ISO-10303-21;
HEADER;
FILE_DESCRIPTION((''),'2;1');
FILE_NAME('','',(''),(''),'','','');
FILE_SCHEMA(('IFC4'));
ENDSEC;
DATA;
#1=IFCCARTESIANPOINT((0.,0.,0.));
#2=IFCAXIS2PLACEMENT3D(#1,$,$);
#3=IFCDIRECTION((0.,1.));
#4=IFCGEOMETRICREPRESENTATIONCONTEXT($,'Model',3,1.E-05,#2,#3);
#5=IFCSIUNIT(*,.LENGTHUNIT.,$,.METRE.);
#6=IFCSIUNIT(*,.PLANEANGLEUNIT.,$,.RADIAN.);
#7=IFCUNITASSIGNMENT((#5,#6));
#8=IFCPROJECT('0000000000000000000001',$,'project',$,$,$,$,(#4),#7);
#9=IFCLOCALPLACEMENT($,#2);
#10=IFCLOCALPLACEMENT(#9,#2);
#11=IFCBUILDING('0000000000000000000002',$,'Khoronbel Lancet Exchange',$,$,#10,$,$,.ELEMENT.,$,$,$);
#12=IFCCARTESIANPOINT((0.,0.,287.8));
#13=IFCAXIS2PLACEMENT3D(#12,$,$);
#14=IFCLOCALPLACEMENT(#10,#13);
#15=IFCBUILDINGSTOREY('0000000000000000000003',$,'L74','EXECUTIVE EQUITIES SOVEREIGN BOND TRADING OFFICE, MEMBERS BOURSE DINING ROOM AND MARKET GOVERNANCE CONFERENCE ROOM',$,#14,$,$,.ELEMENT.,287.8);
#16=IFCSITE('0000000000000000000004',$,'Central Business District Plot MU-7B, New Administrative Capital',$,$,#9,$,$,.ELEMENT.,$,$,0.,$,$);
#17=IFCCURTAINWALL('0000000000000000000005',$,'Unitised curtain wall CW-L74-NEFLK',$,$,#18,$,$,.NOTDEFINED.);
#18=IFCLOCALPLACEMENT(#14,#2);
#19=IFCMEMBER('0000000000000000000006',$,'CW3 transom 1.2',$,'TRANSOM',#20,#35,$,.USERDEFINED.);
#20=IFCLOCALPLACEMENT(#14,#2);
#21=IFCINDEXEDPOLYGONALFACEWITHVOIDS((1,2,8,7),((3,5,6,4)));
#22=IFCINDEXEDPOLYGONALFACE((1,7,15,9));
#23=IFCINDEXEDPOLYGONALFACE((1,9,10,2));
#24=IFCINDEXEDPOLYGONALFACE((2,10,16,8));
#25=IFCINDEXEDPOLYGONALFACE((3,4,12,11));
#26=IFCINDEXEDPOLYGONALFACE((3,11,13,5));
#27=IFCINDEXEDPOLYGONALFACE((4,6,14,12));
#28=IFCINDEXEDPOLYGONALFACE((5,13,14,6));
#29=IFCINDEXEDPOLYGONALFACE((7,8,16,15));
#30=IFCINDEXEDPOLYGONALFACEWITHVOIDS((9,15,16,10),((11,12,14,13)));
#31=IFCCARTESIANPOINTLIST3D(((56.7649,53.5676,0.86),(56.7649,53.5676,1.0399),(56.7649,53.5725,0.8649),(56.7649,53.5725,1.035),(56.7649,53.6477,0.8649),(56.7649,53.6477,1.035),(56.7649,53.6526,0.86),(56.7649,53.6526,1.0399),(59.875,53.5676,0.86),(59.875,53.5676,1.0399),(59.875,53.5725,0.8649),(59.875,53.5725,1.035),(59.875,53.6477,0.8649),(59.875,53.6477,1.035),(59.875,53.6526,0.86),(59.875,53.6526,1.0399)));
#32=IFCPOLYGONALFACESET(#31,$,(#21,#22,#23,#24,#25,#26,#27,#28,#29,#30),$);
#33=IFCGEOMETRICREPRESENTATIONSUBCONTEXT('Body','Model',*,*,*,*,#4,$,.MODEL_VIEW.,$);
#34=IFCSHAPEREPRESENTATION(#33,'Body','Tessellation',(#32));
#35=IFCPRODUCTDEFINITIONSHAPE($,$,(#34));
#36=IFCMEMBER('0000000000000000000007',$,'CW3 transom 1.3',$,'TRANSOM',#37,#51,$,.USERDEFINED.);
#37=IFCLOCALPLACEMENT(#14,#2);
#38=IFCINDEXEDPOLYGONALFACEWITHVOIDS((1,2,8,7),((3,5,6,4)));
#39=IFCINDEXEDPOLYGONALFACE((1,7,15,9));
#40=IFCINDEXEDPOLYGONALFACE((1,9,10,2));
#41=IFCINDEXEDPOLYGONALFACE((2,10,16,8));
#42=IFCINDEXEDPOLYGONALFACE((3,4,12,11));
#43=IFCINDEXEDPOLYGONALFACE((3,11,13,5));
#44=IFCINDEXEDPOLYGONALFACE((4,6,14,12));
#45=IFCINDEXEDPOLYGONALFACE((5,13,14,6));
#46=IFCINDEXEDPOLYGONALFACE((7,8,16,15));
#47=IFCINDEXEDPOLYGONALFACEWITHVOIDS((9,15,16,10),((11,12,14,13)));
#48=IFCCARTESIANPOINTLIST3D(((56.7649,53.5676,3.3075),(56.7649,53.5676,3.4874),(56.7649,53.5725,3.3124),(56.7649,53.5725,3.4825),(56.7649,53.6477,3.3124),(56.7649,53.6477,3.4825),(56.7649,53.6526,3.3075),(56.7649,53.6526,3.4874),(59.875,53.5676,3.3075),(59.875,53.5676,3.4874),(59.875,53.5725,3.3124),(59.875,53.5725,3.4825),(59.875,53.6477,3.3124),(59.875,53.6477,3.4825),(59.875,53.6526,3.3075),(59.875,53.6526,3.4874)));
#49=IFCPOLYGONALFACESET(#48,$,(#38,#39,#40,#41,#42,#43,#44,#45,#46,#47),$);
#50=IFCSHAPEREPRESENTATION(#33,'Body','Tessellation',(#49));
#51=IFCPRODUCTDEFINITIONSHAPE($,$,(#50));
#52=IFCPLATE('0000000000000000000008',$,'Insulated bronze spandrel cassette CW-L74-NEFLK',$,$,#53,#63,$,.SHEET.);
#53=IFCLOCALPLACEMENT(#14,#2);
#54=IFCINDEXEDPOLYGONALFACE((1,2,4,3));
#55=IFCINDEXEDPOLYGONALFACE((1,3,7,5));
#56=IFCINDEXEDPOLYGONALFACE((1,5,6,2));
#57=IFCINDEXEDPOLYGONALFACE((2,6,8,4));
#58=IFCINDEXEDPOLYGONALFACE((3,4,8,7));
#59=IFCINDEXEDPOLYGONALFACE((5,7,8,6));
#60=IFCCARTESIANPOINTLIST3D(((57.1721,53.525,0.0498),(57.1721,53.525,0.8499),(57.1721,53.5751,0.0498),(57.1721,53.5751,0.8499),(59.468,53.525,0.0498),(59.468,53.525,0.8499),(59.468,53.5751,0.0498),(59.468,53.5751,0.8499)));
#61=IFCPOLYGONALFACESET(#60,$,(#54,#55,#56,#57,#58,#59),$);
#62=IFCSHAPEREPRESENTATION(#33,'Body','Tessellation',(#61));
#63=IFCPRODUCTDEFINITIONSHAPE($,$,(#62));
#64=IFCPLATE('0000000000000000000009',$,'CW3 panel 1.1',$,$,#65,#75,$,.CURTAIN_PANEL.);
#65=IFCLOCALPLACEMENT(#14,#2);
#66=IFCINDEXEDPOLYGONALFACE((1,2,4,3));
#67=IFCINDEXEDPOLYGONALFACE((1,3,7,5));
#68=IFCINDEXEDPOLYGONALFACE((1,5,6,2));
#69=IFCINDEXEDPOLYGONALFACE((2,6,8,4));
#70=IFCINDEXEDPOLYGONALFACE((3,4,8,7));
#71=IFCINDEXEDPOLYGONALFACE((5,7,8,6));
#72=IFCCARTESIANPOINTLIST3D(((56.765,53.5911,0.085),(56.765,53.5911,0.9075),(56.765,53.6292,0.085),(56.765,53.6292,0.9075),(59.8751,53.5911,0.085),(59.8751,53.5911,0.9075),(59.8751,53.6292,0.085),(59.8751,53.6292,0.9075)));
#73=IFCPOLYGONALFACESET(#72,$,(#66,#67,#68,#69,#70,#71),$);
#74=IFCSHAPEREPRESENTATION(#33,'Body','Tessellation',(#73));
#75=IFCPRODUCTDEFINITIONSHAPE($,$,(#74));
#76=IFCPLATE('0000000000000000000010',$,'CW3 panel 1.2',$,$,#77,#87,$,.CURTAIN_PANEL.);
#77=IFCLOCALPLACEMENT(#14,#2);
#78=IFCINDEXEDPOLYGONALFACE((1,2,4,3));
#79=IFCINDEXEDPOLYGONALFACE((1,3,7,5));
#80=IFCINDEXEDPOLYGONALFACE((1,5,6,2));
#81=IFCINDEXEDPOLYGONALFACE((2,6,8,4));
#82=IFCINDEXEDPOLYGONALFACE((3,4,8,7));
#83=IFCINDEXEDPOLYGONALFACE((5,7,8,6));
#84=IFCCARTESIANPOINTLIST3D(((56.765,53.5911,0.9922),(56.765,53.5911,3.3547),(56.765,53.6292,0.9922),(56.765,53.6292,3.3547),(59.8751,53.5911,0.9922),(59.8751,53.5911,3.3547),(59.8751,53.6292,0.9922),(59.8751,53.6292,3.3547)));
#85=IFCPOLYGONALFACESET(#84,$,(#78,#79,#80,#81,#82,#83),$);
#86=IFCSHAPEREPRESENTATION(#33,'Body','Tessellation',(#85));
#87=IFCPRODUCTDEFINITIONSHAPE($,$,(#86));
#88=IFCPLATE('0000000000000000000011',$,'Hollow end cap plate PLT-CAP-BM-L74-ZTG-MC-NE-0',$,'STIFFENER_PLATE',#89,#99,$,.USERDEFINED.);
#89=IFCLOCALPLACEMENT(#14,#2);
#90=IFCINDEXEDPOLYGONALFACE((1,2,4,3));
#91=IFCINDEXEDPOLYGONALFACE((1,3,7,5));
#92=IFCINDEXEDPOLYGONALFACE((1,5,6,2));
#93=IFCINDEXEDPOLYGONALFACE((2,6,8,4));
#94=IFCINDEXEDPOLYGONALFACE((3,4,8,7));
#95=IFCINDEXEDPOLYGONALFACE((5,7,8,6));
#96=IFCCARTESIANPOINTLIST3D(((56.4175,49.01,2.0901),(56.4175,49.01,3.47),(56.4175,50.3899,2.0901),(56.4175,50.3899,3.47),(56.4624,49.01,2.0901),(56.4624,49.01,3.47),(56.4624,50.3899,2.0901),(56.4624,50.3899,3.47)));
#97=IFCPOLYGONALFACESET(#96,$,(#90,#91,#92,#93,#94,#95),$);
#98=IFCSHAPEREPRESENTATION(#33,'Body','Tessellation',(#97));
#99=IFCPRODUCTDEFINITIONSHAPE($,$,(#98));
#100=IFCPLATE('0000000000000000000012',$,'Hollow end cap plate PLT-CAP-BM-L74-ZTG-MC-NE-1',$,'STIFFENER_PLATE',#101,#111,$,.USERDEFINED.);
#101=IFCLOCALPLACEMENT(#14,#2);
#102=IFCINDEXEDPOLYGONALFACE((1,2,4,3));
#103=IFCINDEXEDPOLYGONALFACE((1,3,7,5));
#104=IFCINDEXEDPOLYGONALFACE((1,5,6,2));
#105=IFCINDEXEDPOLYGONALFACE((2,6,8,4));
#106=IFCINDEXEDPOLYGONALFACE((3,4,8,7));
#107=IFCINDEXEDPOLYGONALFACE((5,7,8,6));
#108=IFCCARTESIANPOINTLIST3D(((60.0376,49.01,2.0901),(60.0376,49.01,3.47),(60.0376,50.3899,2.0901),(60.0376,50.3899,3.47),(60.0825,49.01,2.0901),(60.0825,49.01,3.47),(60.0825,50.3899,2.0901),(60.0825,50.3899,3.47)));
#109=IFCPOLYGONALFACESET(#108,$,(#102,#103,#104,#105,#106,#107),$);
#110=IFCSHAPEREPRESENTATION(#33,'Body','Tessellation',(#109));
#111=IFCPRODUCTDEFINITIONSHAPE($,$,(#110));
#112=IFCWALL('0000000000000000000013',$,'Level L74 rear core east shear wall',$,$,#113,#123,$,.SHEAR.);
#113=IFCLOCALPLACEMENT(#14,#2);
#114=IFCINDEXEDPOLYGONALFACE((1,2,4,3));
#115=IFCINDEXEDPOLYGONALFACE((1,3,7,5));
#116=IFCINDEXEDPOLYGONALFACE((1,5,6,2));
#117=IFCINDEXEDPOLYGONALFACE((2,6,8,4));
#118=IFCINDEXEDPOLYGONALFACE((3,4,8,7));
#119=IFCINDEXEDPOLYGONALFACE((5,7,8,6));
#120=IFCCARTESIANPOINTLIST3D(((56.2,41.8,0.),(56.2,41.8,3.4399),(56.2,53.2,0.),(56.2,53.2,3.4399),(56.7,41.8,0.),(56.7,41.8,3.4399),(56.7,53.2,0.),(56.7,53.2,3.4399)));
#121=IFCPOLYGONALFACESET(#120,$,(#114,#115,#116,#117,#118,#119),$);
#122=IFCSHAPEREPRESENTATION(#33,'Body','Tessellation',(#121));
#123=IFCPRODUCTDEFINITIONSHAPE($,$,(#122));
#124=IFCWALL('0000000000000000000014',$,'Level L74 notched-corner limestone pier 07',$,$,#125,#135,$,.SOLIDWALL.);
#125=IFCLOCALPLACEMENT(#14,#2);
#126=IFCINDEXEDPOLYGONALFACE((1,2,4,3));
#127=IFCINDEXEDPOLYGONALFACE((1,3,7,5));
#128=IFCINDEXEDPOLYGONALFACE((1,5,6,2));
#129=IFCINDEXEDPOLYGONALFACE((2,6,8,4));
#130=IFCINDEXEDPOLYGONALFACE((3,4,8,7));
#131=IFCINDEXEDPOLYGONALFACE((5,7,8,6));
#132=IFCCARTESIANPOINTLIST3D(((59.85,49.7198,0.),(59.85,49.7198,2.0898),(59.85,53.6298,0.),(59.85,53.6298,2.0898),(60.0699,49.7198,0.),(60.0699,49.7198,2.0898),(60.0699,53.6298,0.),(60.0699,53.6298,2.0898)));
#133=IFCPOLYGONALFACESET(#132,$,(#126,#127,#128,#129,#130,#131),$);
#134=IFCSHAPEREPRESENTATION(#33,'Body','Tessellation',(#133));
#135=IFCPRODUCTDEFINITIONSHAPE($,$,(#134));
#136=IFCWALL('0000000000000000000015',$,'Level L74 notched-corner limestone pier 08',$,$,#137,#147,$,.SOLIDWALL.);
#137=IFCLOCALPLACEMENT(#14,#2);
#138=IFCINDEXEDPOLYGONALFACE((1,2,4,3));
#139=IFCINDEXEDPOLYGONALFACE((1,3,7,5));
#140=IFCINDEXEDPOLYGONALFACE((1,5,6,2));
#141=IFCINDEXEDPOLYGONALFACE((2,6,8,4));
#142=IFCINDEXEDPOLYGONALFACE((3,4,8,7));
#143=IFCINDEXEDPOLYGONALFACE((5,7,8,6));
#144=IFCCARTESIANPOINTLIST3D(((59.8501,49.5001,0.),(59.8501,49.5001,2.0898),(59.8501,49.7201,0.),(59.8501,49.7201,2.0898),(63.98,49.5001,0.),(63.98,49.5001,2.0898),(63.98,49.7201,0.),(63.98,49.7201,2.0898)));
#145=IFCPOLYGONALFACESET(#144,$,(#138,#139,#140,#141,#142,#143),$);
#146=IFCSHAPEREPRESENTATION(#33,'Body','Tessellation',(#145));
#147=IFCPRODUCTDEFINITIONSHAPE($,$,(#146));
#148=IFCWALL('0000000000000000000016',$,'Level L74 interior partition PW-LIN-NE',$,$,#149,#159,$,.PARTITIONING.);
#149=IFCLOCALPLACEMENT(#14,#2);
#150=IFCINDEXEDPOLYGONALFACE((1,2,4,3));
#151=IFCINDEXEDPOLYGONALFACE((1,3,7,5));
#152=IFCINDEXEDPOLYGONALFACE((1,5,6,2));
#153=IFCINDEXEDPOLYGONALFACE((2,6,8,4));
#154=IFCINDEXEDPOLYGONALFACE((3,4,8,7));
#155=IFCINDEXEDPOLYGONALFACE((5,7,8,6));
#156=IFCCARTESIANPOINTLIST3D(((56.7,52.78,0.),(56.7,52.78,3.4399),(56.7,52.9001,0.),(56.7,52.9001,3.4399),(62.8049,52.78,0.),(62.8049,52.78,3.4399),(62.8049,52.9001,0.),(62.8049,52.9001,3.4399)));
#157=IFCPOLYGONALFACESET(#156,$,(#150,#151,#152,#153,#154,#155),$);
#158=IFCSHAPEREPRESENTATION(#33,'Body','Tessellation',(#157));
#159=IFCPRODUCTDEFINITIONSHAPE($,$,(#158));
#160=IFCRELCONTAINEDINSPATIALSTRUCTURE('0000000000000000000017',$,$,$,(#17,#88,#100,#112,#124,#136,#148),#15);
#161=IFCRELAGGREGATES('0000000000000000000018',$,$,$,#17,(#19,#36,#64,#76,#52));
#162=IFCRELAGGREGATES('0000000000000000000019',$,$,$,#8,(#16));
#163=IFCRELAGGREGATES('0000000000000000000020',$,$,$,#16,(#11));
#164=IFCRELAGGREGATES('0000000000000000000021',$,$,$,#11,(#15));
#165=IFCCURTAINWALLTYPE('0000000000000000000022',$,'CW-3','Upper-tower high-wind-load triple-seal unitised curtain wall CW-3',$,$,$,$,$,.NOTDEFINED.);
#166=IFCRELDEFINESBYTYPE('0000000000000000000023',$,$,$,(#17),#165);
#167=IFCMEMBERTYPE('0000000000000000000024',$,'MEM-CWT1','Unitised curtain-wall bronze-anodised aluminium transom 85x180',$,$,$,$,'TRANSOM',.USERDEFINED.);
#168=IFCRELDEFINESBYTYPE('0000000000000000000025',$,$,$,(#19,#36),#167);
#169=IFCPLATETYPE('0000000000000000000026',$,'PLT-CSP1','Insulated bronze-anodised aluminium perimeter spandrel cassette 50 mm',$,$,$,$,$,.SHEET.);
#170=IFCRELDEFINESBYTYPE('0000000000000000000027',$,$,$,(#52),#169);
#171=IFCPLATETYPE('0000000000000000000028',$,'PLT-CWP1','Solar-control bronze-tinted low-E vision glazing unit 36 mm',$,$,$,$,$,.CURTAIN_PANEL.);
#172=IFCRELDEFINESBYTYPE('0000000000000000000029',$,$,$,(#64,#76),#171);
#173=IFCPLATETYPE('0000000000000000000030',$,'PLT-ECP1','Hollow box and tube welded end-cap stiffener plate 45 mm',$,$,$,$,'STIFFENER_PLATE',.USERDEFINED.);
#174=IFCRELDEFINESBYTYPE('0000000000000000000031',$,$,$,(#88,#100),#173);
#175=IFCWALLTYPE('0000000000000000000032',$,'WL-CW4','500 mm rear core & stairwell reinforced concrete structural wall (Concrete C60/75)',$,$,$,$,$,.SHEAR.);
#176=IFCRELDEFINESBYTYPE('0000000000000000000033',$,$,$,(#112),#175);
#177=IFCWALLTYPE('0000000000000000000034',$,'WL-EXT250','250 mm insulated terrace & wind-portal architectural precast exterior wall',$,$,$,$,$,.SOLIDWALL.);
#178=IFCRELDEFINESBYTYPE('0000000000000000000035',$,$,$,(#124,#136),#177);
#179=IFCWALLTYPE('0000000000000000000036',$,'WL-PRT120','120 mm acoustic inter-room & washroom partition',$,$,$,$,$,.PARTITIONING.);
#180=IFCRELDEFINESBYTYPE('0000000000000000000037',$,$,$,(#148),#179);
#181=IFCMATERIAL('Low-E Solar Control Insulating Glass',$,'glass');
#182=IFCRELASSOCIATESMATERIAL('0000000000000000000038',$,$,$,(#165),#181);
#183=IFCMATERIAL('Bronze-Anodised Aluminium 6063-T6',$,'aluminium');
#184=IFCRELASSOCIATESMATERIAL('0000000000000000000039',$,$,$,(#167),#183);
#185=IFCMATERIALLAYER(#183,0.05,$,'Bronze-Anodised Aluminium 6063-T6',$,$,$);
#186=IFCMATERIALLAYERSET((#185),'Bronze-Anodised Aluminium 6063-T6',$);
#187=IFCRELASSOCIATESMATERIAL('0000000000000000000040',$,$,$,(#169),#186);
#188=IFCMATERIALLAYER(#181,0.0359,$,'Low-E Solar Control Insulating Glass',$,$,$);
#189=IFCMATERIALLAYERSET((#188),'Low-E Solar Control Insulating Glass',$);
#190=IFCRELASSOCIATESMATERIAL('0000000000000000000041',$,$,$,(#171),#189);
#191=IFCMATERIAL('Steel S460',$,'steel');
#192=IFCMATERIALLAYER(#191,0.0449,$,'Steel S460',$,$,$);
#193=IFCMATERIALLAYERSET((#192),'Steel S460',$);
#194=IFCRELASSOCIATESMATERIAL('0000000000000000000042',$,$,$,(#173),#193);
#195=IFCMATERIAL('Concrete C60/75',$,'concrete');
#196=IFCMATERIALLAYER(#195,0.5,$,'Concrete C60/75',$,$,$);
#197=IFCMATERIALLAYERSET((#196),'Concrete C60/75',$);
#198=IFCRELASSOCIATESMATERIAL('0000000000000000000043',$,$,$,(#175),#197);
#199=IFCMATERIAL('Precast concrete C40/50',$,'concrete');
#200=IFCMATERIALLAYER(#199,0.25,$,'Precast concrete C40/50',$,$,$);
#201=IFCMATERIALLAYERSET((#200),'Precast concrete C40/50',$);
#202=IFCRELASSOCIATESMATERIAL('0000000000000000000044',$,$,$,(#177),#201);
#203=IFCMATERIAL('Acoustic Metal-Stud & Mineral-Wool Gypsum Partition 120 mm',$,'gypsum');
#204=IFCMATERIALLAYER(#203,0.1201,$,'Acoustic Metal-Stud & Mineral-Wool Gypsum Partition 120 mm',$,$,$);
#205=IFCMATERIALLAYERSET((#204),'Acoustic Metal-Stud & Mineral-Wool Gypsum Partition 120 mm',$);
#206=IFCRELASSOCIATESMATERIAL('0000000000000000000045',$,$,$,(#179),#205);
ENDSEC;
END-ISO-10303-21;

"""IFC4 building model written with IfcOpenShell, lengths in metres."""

from ifc_helpers import new_model, si_unit, direction, frame, frame_2d, origin, origin_2d, place, context, subcontext, project, spatial, rectangle, hollow_rectangle, extrude, material, layer, layer_set, material_profile, profile_set, type_object, element, aggregate, save


model = new_model("IFC4")

# Units and contexts
model_context = context("Model", 3, precision=1e-05, world=origin(), true_north=direction((0.0, 1.0)))
body_context = subcontext(model_context, "Body", "Model", "MODEL_VIEW")
ifc_project = project(units=[si_unit("LENGTHUNIT", "METRE"), si_unit("PLANEANGLEUNIT", "RADIAN")], contexts=[model_context])

# Site, building, storey
site_placement = place(None, origin())
site = spatial("IfcSite", under=ifc_project, at=site_placement, Name="Central Business District Plot MU-7B, New Administrative Capital", CompositionType="ELEMENT", RefElevation=0.0)
building_placement = place(site_placement, origin())
building = spatial("IfcBuilding", under=site, at=building_placement, Name="Khoronbel Lancet Exchange", CompositionType="ELEMENT")
storey_placement = place(building_placement, frame((0.0, 0.0, 287.8)))
storey = spatial("IfcBuildingStorey", under=building, at=storey_placement, Name="L74", Description="EXECUTIVE EQUITIES SOVEREIGN BOND TRADING OFFICE, MEMBERS BOURSE DINING ROOM AND MARKET GOVERNANCE CONFERENCE ROOM", CompositionType="ELEMENT", Elevation=287.8)

# Shared definitions
ifc_material_1 = material(Name="Steel S460", Category="steel")

# Curtain wall, members, plates
ifc_material_2 = material(Name="Low-E Solar Control Insulating Glass", Category="glass")
curtain_wall_type = type_object("IfcCurtainWallType", Name="CW-3", Description="Upper-tower high-wind-load triple-seal unitised curtain wall CW-3", PredefinedType="NOTDEFINED", material=ifc_material_2)
curtain_wall_placement = place(storey_placement, origin())
curtain_wall = element("IfcCurtainWall", 1, at=curtain_wall_placement, inside=storey, type_object=curtain_wall_type, Name="Unitised curtain wall CW-L74-NEFLK", PredefinedType="NOTDEFINED")
ifc_material_3 = material(Name="Bronze-Anodised Aluminium 6063-T6", Category="aluminium")
ifc_material_profile_1 = material_profile(ifc_material_3, hollow_rectangle(XDim=0.085, YDim=0.1799, WallThickness=0.0049, at=origin_2d()), Name="ALU TRANSOM 85x180")
ifc_profile_set_1 = profile_set([ifc_material_profile_1], Name="Bronze-Anodised Aluminium 6063-T6")
member_type_1 = type_object("IfcMemberType", Name="MEM-CWT1", Description="Unitised curtain-wall bronze-anodised aluminium transom 85x180", ElementType="TRANSOM", PredefinedType="USERDEFINED", material=ifc_profile_set_1)
member_1_placement = place(storey_placement, frame((59.875, 53.6101, 0.95), z_axis=(-1.0, 0.0, 0.0), x_axis=(0.0, -1.0, 0.0)))
member_1 = element("IfcMember", 2, at=member_1_placement, type_object=member_type_1, Name="CW3 transom 1.2", ObjectType="TRANSOM", PredefinedType="USERDEFINED", context=body_context, shape_type="SweptSolid", body=[
    extrude(hollow_rectangle(XDim=0.085, YDim=0.1799, WallThickness=0.0049, at=origin_2d()), origin(), (0.0, 0.0, 1.0), 3.1101),
])
member_2_placement = place(storey_placement, frame((59.875, 53.6101, 3.3975), z_axis=(-1.0, 0.0, 0.0), x_axis=(0.0, -1.0, 0.0)))
member_2 = element("IfcMember", 3, at=member_2_placement, type_object=member_type_1, Name="CW3 transom 1.3", ObjectType="TRANSOM", PredefinedType="USERDEFINED", context=body_context, shape_type="SweptSolid", body=[
    extrude(hollow_rectangle(XDim=0.085, YDim=0.1799, WallThickness=0.0049, at=origin_2d()), origin(), (0.0, 0.0, 1.0), 3.1101),
])
ifc_layer_1 = layer(ifc_material_3, 0.05, Name="Bronze-Anodised Aluminium 6063-T6")
ifc_layer_set_1 = layer_set([ifc_layer_1], Name="Bronze-Anodised Aluminium 6063-T6")
plate_type_1 = type_object("IfcPlateType", Name="PLT-CSP1", Description="Insulated bronze-anodised aluminium perimeter spandrel cassette 50 mm", PredefinedType="SHEET", material=ifc_layer_set_1)
plate_1_placement = place(storey_placement, frame((58.3201, 53.55, 0.0498), z_axis=(0.0, 0.0, 1.0), x_axis=(-1.0, 0.0, 0.0)))
plate_1 = element("IfcPlate", 4, at=plate_1_placement, type_object=plate_type_1, Name="Insulated bronze spandrel cassette CW-L74-NEFLK", PredefinedType="SHEET", context=body_context, shape_type="SweptSolid", body=[
    extrude(rectangle(XDim=2.2959, YDim=0.05, at=origin_2d()), origin(), (0.0, 0.0, 1.0), 0.8),
])
ifc_layer_2 = layer(ifc_material_2, 0.0359, Name="Low-E Solar Control Insulating Glass")
ifc_layer_set_2 = layer_set([ifc_layer_2], Name="Low-E Solar Control Insulating Glass")
plate_type_2 = type_object("IfcPlateType", Name="PLT-CWP1", Description="Solar-control bronze-tinted low-E vision glazing unit 36 mm", PredefinedType="CURTAIN_PANEL", material=ifc_layer_set_2)
plate_2_placement = place(storey_placement, frame((58.3201, 53.6101, 0.085), z_axis=(0.0, 0.0, 1.0), x_axis=(-1.0, 0.0, 0.0)))
plate_2 = element("IfcPlate", 5, at=plate_2_placement, type_object=plate_type_2, Name="CW3 panel 1.1", PredefinedType="CURTAIN_PANEL", context=body_context, shape_type="SweptSolid", body=[
    extrude(rectangle(XDim=3.1101, YDim=0.0381, at=origin_2d()), origin(), (0.0, 0.0, 1.0), 0.8225),
])
plate_3_placement = place(storey_placement, frame((58.3201, 53.6101, 0.9922), z_axis=(0.0, 0.0, 1.0), x_axis=(-1.0, 0.0, 0.0)))
plate_3 = element("IfcPlate", 6, at=plate_3_placement, type_object=plate_type_2, Name="CW3 panel 1.2", PredefinedType="CURTAIN_PANEL", context=body_context, shape_type="SweptSolid", body=[
    extrude(rectangle(XDim=3.1101, YDim=0.0381, at=origin_2d()), origin(), (0.0, 0.0, 1.0), 2.3625),
])
aggregate(curtain_wall, [member_1, member_2, plate_2, plate_3, plate_1])

# Plates
ifc_layer_3 = layer(ifc_material_1, 0.0449, Name="Steel S460")
ifc_layer_set_3 = layer_set([ifc_layer_3], Name="Steel S460")
plate_type_3 = type_object("IfcPlateType", Name="PLT-ECP1", Description="Hollow box and tube welded end-cap stiffener plate 45 mm", ElementType="STIFFENER_PLATE", PredefinedType="USERDEFINED", material=ifc_layer_set_3)
for number, where, z_axis, x_axis, name in (
    (7, (56.4399, 49.7, 2.0901), (0.0, 0.0, 1.0), (-1.0, 0.0, 0.0), "Hollow end cap plate PLT-CAP-BM-L74-ZTG-MC-NE-0"),
    (8, (60.0601, 49.7, 2.0901), (0.0, 0.0, 1.0), (1.0, 0.0, 0.0), "Hollow end cap plate PLT-CAP-BM-L74-ZTG-MC-NE-1"),
):
    element("IfcPlate", number, at=place(storey_placement, frame(where, z_axis=z_axis, x_axis=x_axis)), inside=storey, type_object=plate_type_3, Name=name, ObjectType="STIFFENER_PLATE", PredefinedType="USERDEFINED", context=body_context, shape_type="SweptSolid", body=[
        extrude(rectangle(XDim=0.0449, YDim=1.3799, at=origin_2d()), origin(), (0.0, 0.0, 1.0), 1.3799),
    ])

# Walls
ifc_material_4 = material(Name="Concrete C60/75", Category="concrete")
ifc_layer_4 = layer(ifc_material_4, 0.5, Name="Concrete C60/75")
ifc_layer_set_4 = layer_set([ifc_layer_4], Name="Concrete C60/75")
wall_type_1 = type_object("IfcWallType", Name="WL-CW4", Description="500 mm rear core & stairwell reinforced concrete structural wall (Concrete C60/75)", PredefinedType="SHEAR", material=ifc_layer_set_4)
wall_1_placement = place(storey_placement, frame((56.45, 53.2, 0.0), z_axis=(0.0, 0.0, 1.0), x_axis=(0.0, -1.0, 0.0)))
element("IfcWall", 9, at=wall_1_placement, inside=storey, type_object=wall_type_1, Name="Level L74 rear core east shear wall", PredefinedType="SHEAR", context=body_context, shape_type="SweptSolid", body=[
    extrude(rectangle(XDim=11.3999, YDim=0.5, at=frame_2d((5.7, 0.0))), origin(), (0.0, 0.0, 1.0), 3.4399),
])
ifc_material_5 = material(Name="Precast concrete C40/50", Category="concrete")
ifc_layer_5 = layer(ifc_material_5, 0.25, Name="Precast concrete C40/50")
ifc_layer_set_5 = layer_set([ifc_layer_5], Name="Precast concrete C40/50")
wall_type_2 = type_object("IfcWallType", Name="WL-EXT250", Description="250 mm insulated terrace & wind-portal architectural precast exterior wall", PredefinedType="SOLIDWALL", material=ifc_layer_set_5)
wall_2_placement = place(storey_placement, frame((59.96, 53.6299, 0.0), z_axis=(0.0, 0.0, 1.0), x_axis=(0.0, -1.0, 0.0)))
element("IfcWall", 10, at=wall_2_placement, inside=storey, type_object=wall_type_2, Name="Level L74 notched-corner limestone pier 07", PredefinedType="SOLIDWALL", context=body_context, shape_type="SweptSolid", body=[
    extrude(rectangle(XDim=3.9099, YDim=0.22, at=frame_2d((1.9551, 0.0))), origin(), (0.0, 0.0, 1.0), 2.0898),
])
wall_3_placement = place(storey_placement, frame((59.8501, 49.6101, 0.0), z_axis=(0.0, 0.0, 1.0), x_axis=(1.0, 0.0, 0.0)))
element("IfcWall", 11, at=wall_3_placement, inside=storey, type_object=wall_type_2, Name="Level L74 notched-corner limestone pier 08", PredefinedType="SOLIDWALL", context=body_context, shape_type="SweptSolid", body=[
    extrude(rectangle(XDim=4.1299, YDim=0.22, at=frame_2d((2.0649, 0.0))), origin(), (0.0, 0.0, 1.0), 2.0898),
])
ifc_material_6 = material(Name="Acoustic Metal-Stud & Mineral-Wool Gypsum Partition 120 mm", Category="gypsum")
ifc_layer_6 = layer(ifc_material_6, 0.1201, Name="Acoustic Metal-Stud & Mineral-Wool Gypsum Partition 120 mm")
ifc_layer_set_6 = layer_set([ifc_layer_6], Name="Acoustic Metal-Stud & Mineral-Wool Gypsum Partition 120 mm")
wall_type_3 = type_object("IfcWallType", Name="WL-PRT120", Description="120 mm acoustic inter-room & washroom partition", PredefinedType="PARTITIONING", material=ifc_layer_set_6)
wall_4_placement = place(storey_placement, frame((56.7, 52.8401, 0.0), z_axis=(0.0, 0.0, 1.0), x_axis=(1.0, 0.0, 0.0)))
element("IfcWall", 12, at=wall_4_placement, inside=storey, type_object=wall_type_3, Name="Level L74 interior partition PW-LIN-NE", PredefinedType="PARTITIONING", context=body_context, shape_type="SweptSolid", body=[
    extrude(rectangle(XDim=6.105, YDim=0.1201, at=frame_2d((3.0525, 0.0))), origin(), (0.0, 0.0, 1.0), 3.4399),
])

save(model, "model.ifc")
